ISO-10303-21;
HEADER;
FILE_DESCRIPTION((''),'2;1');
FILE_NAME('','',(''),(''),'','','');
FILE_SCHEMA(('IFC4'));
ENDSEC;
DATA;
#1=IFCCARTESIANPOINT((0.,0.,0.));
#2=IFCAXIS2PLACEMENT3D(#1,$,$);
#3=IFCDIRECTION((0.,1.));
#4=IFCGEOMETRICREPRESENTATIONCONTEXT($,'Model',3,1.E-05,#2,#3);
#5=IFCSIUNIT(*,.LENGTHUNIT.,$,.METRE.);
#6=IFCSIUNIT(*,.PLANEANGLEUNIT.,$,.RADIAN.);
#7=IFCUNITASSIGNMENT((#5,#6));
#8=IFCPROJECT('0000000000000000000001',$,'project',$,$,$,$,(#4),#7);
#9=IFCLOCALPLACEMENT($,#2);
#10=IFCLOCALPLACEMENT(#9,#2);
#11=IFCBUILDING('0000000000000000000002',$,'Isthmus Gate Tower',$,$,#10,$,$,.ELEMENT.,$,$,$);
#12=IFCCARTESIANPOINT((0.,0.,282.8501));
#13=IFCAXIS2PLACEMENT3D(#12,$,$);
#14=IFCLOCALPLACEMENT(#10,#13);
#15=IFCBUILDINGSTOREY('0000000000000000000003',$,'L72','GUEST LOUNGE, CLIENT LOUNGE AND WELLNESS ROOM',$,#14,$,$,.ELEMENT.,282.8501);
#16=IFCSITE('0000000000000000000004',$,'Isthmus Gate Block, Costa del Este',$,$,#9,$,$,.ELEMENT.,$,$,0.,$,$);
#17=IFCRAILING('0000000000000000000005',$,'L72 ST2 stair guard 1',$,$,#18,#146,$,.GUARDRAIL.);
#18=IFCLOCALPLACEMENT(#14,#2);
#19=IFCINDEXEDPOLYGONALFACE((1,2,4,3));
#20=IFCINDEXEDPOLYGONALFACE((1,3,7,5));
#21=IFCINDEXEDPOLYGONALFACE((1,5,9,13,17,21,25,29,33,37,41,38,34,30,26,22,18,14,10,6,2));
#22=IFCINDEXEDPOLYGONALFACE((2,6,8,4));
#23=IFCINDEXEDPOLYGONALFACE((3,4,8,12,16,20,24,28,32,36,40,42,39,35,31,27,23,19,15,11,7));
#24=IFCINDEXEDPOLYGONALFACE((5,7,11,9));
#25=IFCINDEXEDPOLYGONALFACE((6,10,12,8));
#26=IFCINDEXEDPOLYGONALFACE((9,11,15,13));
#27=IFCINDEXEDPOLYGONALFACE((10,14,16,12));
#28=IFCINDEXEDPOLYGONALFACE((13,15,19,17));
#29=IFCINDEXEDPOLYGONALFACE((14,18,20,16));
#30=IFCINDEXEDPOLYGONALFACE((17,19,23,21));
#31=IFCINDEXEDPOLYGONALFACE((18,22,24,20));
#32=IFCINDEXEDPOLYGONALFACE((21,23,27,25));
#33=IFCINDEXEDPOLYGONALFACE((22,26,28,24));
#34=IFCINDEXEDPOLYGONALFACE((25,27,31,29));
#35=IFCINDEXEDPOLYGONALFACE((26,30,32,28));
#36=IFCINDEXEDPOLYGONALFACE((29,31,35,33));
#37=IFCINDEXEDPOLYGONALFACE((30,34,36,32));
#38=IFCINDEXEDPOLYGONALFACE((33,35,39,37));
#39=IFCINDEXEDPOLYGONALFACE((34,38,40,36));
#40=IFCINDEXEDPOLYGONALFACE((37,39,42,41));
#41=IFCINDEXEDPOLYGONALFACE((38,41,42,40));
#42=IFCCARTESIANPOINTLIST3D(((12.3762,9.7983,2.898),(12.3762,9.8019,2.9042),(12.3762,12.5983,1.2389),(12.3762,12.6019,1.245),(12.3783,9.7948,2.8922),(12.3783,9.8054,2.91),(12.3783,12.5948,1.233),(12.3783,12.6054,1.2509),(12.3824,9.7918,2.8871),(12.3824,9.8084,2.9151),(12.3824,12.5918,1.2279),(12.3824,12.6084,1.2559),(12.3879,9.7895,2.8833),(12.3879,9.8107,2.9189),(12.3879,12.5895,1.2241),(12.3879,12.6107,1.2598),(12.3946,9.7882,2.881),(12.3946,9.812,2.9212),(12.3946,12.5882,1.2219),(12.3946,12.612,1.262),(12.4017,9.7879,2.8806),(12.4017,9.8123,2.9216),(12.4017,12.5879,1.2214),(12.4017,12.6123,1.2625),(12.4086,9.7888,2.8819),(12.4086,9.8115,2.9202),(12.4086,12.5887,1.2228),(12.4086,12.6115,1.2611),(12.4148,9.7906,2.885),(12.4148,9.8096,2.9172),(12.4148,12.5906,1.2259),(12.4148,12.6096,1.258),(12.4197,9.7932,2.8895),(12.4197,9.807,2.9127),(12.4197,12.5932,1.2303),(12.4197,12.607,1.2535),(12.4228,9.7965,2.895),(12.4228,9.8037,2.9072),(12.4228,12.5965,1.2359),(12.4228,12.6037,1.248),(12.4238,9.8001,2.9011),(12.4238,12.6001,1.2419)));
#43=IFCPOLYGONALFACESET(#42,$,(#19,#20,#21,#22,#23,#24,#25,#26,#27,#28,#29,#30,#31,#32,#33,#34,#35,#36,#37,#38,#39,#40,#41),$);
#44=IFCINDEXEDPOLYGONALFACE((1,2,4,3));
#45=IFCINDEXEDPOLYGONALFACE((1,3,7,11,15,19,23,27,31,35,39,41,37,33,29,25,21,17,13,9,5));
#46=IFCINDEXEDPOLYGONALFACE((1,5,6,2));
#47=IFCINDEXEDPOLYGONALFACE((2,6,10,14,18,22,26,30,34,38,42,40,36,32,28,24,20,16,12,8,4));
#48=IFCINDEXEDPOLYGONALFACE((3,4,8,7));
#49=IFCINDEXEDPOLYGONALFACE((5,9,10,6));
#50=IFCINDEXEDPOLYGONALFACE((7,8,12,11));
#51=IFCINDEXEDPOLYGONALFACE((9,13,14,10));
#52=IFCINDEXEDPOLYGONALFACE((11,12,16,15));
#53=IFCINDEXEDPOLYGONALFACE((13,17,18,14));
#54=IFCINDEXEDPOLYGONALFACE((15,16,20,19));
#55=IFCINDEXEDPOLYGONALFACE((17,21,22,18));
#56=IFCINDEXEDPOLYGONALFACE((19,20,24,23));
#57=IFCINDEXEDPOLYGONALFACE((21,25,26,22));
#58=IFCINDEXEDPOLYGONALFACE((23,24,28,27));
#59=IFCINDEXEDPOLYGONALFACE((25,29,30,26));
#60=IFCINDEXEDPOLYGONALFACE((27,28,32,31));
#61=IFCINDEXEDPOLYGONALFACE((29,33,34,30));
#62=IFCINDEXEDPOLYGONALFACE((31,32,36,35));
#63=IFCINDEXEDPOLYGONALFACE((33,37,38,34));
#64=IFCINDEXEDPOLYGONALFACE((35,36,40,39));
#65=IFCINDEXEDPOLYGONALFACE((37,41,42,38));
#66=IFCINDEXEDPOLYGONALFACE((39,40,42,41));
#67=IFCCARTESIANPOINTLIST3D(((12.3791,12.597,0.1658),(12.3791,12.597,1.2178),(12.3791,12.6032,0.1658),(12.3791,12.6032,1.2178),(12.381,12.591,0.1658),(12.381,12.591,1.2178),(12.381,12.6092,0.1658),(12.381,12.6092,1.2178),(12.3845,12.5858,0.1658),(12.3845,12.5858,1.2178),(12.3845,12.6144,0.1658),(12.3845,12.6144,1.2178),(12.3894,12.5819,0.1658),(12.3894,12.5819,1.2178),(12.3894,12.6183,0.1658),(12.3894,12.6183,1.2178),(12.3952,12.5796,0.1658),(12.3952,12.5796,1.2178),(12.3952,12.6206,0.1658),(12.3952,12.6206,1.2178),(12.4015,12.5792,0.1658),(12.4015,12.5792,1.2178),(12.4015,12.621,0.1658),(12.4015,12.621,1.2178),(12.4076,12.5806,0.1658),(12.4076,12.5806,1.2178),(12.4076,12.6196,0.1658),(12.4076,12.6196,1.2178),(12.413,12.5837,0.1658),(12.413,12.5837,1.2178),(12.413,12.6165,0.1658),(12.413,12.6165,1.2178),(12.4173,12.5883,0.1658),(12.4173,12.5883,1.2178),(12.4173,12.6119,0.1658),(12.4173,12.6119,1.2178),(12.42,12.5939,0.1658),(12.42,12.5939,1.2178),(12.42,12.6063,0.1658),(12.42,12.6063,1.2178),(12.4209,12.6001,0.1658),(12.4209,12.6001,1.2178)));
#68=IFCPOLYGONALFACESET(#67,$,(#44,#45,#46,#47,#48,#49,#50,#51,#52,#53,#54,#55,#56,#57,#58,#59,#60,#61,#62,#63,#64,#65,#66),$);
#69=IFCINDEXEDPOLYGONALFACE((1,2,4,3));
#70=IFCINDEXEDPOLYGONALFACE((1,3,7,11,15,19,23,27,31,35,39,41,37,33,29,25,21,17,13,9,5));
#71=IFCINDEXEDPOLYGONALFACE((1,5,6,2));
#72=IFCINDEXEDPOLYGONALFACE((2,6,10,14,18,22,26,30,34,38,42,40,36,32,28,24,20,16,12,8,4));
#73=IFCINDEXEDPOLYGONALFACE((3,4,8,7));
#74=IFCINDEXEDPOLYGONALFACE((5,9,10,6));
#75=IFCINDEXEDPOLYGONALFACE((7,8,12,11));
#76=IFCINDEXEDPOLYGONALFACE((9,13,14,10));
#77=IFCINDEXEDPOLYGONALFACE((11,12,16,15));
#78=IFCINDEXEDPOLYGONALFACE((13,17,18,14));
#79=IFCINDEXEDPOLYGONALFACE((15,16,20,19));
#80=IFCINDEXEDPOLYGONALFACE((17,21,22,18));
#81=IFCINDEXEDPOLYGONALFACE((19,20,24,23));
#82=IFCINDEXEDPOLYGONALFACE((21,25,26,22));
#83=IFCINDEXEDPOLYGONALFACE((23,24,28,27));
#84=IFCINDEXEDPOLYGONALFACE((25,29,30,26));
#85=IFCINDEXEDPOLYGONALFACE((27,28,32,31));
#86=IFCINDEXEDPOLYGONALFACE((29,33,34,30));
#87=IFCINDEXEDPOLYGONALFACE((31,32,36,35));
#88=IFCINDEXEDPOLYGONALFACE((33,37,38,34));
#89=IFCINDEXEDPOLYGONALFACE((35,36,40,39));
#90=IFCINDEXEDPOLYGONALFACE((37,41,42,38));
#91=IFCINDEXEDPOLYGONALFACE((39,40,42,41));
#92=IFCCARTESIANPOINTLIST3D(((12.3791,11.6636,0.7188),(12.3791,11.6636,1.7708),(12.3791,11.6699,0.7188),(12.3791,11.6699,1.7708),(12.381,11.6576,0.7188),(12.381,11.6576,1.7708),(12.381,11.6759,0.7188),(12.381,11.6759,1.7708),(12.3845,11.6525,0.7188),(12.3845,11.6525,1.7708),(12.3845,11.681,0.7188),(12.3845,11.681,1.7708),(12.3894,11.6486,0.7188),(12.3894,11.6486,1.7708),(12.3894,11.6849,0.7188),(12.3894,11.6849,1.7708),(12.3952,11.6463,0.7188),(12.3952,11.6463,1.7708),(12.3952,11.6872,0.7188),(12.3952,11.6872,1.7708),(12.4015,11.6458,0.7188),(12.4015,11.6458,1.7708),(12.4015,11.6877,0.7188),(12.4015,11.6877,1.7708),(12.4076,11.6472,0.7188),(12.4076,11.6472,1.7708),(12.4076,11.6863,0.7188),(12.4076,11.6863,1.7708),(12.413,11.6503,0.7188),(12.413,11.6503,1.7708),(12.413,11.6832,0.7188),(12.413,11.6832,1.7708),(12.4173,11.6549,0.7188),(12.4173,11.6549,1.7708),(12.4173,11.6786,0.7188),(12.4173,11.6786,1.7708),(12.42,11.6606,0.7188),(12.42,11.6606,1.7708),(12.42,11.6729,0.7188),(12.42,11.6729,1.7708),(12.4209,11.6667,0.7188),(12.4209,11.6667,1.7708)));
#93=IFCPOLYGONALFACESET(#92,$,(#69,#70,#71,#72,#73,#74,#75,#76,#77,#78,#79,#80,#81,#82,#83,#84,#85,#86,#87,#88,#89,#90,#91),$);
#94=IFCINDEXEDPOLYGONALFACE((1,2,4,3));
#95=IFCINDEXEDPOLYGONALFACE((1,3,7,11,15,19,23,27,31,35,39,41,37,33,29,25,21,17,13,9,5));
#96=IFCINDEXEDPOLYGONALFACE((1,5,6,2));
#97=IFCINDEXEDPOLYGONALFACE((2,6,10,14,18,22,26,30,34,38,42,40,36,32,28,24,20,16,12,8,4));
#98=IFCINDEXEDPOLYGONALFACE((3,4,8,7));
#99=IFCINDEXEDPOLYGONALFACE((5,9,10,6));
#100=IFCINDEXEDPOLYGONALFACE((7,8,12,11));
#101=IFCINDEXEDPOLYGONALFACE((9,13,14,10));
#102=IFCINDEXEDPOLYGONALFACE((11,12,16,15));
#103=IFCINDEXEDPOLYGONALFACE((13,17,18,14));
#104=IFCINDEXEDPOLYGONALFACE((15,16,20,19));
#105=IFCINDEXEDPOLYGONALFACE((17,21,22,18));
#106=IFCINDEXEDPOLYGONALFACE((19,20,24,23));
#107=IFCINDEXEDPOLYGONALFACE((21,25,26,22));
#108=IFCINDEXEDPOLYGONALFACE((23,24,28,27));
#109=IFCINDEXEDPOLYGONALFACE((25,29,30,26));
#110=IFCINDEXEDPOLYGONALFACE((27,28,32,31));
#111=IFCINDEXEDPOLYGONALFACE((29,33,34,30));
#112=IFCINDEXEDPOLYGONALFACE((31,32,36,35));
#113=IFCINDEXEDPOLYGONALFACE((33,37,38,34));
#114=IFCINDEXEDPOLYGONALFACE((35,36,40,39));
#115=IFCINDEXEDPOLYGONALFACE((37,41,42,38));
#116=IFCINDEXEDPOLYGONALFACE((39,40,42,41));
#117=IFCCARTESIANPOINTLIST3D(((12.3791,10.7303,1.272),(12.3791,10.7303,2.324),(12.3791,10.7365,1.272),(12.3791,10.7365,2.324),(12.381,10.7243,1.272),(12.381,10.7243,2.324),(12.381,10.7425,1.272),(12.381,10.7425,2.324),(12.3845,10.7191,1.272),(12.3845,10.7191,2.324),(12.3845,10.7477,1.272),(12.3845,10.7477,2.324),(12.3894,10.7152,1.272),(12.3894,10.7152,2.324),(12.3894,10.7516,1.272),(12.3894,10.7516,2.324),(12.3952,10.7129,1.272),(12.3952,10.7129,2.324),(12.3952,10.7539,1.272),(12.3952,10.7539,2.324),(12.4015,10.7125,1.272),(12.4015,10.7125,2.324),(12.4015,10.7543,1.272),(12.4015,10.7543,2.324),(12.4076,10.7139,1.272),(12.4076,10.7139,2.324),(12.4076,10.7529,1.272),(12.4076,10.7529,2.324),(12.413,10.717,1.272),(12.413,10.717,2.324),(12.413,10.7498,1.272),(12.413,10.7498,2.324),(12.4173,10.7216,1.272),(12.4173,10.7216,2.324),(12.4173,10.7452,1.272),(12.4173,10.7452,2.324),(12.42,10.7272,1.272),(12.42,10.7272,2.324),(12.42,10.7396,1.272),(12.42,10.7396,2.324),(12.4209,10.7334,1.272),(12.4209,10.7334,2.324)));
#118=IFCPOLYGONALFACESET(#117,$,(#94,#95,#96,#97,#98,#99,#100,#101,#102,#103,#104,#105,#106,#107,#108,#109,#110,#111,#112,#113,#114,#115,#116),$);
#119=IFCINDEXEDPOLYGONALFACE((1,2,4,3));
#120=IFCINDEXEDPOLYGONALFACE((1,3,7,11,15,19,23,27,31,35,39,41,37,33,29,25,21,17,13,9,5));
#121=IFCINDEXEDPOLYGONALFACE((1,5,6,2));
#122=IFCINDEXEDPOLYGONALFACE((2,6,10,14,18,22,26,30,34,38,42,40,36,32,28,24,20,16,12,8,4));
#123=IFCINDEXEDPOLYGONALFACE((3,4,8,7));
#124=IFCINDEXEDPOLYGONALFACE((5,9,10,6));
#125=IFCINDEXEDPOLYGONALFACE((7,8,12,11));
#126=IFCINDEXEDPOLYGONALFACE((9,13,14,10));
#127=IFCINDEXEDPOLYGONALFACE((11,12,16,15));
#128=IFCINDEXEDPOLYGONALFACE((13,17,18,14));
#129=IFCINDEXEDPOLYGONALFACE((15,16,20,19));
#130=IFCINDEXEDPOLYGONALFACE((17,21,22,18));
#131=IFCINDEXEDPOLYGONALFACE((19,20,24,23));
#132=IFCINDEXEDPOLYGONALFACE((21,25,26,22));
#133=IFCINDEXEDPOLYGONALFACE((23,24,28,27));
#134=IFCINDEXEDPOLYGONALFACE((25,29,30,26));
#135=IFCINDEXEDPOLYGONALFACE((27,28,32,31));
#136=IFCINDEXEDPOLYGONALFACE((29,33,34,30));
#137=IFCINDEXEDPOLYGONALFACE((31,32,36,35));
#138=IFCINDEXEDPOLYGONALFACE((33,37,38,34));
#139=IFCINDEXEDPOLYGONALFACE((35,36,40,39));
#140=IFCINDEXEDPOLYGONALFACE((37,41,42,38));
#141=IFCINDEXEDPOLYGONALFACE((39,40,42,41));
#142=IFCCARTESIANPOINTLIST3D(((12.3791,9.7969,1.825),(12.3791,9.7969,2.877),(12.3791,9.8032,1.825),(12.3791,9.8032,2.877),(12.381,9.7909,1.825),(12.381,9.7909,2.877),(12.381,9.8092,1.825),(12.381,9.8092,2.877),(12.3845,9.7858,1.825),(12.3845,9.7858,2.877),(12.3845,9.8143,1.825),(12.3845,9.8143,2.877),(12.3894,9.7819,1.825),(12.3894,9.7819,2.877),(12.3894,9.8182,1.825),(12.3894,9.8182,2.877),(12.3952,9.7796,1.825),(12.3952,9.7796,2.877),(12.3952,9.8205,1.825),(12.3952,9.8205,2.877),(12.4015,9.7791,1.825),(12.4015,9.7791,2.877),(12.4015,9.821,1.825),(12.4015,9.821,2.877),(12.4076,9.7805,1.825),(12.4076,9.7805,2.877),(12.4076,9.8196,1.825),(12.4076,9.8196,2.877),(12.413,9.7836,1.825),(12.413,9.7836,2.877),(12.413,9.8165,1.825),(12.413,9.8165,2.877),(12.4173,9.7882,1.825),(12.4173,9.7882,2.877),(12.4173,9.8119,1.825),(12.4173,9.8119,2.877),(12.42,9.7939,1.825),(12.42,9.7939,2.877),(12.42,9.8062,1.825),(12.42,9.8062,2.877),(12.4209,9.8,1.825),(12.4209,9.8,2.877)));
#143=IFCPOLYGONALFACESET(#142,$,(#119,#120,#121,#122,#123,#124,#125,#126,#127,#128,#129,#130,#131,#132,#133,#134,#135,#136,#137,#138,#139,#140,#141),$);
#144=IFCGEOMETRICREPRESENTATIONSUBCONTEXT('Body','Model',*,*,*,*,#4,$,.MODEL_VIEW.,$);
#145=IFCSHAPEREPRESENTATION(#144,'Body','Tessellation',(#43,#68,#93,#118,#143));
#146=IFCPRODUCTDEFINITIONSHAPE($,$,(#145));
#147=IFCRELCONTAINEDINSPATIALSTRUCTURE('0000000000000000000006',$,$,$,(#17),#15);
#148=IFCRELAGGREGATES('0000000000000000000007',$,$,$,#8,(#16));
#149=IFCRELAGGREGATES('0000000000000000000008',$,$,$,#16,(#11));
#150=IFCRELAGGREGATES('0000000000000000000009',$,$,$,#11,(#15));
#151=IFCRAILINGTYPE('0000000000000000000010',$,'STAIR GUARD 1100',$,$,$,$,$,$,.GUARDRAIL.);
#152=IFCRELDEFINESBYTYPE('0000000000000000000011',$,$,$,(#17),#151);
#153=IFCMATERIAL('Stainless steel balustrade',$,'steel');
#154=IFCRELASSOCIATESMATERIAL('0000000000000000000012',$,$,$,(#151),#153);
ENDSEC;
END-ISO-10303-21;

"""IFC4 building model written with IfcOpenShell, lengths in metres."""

from ifc_helpers import new_model, si_unit, direction, frame, origin, origin_2d, place, context, subcontext, project, spatial, circle, extrude, material, type_object, element, save


model = new_model("IFC4")

# Units and contexts
model_context = context("Model", 3, precision=1e-05, world=origin(), true_north=direction((0.0, 1.0)))
body_context = subcontext(model_context, "Body", "Model", "MODEL_VIEW")
ifc_project = project(units=[si_unit("LENGTHUNIT", "METRE"), si_unit("PLANEANGLEUNIT", "RADIAN")], contexts=[model_context])

# Site, building, storey
site_placement = place(None, origin())
site = spatial("IfcSite", under=ifc_project, at=site_placement, Name="Isthmus Gate Block, Costa del Este", CompositionType="ELEMENT", RefElevation=0.0)
building_placement = place(site_placement, origin())
building = spatial("IfcBuilding", under=site, at=building_placement, Name="Isthmus Gate Tower", CompositionType="ELEMENT")
storey_placement = place(building_placement, frame((0.0, 0.0, 282.8501)))
storey = spatial("IfcBuildingStorey", under=building, at=storey_placement, Name="L72", Description="GUEST LOUNGE, CLIENT LOUNGE AND WELLNESS ROOM", CompositionType="ELEMENT", Elevation=282.8501)

# Railing
ifc_material_1 = material(Name="Stainless steel balustrade", Category="steel")
railing_type_1 = type_object("IfcRailingType", Name="STAIR GUARD 1100", PredefinedType="GUARDRAIL", material=ifc_material_1)
railing_1_placement = place(storey_placement, frame((12.3999, 12.6001, 0.1658)))
element("IfcRailing", 1, at=railing_1_placement, inside=storey, type_object=railing_type_1, Name="L72 ST2 stair guard 1", PredefinedType="GUARDRAIL", context=body_context, shape_type="SweptSolid", body=[
    extrude(circle(Radius=0.0239, at=origin_2d()), frame((0.0, 0.0, 1.0762), z_axis=(0.0, -0.860306, 0.509778), x_axis=(1.0, 0.0, 0.0)), (0.0, 0.0, 1.0), 3.2546),
    extrude(circle(Radius=0.021, at=origin_2d()), origin(), (0.0, 0.0, 1.0), 1.052),
    extrude(circle(Radius=0.021, at=origin_2d()), frame((0.0, -0.9333, 0.553)), (0.0, 0.0, 1.0), 1.052),
    extrude(circle(Radius=0.021, at=origin_2d()), frame((0.0, -1.8667, 1.1062)), (0.0, 0.0, 1.0), 1.052),
    extrude(circle(Radius=0.021, at=origin_2d()), frame((0.0, -2.8, 1.6592)), (0.0, 0.0, 1.0), 1.052),
])

save(model, "model.ifc")
